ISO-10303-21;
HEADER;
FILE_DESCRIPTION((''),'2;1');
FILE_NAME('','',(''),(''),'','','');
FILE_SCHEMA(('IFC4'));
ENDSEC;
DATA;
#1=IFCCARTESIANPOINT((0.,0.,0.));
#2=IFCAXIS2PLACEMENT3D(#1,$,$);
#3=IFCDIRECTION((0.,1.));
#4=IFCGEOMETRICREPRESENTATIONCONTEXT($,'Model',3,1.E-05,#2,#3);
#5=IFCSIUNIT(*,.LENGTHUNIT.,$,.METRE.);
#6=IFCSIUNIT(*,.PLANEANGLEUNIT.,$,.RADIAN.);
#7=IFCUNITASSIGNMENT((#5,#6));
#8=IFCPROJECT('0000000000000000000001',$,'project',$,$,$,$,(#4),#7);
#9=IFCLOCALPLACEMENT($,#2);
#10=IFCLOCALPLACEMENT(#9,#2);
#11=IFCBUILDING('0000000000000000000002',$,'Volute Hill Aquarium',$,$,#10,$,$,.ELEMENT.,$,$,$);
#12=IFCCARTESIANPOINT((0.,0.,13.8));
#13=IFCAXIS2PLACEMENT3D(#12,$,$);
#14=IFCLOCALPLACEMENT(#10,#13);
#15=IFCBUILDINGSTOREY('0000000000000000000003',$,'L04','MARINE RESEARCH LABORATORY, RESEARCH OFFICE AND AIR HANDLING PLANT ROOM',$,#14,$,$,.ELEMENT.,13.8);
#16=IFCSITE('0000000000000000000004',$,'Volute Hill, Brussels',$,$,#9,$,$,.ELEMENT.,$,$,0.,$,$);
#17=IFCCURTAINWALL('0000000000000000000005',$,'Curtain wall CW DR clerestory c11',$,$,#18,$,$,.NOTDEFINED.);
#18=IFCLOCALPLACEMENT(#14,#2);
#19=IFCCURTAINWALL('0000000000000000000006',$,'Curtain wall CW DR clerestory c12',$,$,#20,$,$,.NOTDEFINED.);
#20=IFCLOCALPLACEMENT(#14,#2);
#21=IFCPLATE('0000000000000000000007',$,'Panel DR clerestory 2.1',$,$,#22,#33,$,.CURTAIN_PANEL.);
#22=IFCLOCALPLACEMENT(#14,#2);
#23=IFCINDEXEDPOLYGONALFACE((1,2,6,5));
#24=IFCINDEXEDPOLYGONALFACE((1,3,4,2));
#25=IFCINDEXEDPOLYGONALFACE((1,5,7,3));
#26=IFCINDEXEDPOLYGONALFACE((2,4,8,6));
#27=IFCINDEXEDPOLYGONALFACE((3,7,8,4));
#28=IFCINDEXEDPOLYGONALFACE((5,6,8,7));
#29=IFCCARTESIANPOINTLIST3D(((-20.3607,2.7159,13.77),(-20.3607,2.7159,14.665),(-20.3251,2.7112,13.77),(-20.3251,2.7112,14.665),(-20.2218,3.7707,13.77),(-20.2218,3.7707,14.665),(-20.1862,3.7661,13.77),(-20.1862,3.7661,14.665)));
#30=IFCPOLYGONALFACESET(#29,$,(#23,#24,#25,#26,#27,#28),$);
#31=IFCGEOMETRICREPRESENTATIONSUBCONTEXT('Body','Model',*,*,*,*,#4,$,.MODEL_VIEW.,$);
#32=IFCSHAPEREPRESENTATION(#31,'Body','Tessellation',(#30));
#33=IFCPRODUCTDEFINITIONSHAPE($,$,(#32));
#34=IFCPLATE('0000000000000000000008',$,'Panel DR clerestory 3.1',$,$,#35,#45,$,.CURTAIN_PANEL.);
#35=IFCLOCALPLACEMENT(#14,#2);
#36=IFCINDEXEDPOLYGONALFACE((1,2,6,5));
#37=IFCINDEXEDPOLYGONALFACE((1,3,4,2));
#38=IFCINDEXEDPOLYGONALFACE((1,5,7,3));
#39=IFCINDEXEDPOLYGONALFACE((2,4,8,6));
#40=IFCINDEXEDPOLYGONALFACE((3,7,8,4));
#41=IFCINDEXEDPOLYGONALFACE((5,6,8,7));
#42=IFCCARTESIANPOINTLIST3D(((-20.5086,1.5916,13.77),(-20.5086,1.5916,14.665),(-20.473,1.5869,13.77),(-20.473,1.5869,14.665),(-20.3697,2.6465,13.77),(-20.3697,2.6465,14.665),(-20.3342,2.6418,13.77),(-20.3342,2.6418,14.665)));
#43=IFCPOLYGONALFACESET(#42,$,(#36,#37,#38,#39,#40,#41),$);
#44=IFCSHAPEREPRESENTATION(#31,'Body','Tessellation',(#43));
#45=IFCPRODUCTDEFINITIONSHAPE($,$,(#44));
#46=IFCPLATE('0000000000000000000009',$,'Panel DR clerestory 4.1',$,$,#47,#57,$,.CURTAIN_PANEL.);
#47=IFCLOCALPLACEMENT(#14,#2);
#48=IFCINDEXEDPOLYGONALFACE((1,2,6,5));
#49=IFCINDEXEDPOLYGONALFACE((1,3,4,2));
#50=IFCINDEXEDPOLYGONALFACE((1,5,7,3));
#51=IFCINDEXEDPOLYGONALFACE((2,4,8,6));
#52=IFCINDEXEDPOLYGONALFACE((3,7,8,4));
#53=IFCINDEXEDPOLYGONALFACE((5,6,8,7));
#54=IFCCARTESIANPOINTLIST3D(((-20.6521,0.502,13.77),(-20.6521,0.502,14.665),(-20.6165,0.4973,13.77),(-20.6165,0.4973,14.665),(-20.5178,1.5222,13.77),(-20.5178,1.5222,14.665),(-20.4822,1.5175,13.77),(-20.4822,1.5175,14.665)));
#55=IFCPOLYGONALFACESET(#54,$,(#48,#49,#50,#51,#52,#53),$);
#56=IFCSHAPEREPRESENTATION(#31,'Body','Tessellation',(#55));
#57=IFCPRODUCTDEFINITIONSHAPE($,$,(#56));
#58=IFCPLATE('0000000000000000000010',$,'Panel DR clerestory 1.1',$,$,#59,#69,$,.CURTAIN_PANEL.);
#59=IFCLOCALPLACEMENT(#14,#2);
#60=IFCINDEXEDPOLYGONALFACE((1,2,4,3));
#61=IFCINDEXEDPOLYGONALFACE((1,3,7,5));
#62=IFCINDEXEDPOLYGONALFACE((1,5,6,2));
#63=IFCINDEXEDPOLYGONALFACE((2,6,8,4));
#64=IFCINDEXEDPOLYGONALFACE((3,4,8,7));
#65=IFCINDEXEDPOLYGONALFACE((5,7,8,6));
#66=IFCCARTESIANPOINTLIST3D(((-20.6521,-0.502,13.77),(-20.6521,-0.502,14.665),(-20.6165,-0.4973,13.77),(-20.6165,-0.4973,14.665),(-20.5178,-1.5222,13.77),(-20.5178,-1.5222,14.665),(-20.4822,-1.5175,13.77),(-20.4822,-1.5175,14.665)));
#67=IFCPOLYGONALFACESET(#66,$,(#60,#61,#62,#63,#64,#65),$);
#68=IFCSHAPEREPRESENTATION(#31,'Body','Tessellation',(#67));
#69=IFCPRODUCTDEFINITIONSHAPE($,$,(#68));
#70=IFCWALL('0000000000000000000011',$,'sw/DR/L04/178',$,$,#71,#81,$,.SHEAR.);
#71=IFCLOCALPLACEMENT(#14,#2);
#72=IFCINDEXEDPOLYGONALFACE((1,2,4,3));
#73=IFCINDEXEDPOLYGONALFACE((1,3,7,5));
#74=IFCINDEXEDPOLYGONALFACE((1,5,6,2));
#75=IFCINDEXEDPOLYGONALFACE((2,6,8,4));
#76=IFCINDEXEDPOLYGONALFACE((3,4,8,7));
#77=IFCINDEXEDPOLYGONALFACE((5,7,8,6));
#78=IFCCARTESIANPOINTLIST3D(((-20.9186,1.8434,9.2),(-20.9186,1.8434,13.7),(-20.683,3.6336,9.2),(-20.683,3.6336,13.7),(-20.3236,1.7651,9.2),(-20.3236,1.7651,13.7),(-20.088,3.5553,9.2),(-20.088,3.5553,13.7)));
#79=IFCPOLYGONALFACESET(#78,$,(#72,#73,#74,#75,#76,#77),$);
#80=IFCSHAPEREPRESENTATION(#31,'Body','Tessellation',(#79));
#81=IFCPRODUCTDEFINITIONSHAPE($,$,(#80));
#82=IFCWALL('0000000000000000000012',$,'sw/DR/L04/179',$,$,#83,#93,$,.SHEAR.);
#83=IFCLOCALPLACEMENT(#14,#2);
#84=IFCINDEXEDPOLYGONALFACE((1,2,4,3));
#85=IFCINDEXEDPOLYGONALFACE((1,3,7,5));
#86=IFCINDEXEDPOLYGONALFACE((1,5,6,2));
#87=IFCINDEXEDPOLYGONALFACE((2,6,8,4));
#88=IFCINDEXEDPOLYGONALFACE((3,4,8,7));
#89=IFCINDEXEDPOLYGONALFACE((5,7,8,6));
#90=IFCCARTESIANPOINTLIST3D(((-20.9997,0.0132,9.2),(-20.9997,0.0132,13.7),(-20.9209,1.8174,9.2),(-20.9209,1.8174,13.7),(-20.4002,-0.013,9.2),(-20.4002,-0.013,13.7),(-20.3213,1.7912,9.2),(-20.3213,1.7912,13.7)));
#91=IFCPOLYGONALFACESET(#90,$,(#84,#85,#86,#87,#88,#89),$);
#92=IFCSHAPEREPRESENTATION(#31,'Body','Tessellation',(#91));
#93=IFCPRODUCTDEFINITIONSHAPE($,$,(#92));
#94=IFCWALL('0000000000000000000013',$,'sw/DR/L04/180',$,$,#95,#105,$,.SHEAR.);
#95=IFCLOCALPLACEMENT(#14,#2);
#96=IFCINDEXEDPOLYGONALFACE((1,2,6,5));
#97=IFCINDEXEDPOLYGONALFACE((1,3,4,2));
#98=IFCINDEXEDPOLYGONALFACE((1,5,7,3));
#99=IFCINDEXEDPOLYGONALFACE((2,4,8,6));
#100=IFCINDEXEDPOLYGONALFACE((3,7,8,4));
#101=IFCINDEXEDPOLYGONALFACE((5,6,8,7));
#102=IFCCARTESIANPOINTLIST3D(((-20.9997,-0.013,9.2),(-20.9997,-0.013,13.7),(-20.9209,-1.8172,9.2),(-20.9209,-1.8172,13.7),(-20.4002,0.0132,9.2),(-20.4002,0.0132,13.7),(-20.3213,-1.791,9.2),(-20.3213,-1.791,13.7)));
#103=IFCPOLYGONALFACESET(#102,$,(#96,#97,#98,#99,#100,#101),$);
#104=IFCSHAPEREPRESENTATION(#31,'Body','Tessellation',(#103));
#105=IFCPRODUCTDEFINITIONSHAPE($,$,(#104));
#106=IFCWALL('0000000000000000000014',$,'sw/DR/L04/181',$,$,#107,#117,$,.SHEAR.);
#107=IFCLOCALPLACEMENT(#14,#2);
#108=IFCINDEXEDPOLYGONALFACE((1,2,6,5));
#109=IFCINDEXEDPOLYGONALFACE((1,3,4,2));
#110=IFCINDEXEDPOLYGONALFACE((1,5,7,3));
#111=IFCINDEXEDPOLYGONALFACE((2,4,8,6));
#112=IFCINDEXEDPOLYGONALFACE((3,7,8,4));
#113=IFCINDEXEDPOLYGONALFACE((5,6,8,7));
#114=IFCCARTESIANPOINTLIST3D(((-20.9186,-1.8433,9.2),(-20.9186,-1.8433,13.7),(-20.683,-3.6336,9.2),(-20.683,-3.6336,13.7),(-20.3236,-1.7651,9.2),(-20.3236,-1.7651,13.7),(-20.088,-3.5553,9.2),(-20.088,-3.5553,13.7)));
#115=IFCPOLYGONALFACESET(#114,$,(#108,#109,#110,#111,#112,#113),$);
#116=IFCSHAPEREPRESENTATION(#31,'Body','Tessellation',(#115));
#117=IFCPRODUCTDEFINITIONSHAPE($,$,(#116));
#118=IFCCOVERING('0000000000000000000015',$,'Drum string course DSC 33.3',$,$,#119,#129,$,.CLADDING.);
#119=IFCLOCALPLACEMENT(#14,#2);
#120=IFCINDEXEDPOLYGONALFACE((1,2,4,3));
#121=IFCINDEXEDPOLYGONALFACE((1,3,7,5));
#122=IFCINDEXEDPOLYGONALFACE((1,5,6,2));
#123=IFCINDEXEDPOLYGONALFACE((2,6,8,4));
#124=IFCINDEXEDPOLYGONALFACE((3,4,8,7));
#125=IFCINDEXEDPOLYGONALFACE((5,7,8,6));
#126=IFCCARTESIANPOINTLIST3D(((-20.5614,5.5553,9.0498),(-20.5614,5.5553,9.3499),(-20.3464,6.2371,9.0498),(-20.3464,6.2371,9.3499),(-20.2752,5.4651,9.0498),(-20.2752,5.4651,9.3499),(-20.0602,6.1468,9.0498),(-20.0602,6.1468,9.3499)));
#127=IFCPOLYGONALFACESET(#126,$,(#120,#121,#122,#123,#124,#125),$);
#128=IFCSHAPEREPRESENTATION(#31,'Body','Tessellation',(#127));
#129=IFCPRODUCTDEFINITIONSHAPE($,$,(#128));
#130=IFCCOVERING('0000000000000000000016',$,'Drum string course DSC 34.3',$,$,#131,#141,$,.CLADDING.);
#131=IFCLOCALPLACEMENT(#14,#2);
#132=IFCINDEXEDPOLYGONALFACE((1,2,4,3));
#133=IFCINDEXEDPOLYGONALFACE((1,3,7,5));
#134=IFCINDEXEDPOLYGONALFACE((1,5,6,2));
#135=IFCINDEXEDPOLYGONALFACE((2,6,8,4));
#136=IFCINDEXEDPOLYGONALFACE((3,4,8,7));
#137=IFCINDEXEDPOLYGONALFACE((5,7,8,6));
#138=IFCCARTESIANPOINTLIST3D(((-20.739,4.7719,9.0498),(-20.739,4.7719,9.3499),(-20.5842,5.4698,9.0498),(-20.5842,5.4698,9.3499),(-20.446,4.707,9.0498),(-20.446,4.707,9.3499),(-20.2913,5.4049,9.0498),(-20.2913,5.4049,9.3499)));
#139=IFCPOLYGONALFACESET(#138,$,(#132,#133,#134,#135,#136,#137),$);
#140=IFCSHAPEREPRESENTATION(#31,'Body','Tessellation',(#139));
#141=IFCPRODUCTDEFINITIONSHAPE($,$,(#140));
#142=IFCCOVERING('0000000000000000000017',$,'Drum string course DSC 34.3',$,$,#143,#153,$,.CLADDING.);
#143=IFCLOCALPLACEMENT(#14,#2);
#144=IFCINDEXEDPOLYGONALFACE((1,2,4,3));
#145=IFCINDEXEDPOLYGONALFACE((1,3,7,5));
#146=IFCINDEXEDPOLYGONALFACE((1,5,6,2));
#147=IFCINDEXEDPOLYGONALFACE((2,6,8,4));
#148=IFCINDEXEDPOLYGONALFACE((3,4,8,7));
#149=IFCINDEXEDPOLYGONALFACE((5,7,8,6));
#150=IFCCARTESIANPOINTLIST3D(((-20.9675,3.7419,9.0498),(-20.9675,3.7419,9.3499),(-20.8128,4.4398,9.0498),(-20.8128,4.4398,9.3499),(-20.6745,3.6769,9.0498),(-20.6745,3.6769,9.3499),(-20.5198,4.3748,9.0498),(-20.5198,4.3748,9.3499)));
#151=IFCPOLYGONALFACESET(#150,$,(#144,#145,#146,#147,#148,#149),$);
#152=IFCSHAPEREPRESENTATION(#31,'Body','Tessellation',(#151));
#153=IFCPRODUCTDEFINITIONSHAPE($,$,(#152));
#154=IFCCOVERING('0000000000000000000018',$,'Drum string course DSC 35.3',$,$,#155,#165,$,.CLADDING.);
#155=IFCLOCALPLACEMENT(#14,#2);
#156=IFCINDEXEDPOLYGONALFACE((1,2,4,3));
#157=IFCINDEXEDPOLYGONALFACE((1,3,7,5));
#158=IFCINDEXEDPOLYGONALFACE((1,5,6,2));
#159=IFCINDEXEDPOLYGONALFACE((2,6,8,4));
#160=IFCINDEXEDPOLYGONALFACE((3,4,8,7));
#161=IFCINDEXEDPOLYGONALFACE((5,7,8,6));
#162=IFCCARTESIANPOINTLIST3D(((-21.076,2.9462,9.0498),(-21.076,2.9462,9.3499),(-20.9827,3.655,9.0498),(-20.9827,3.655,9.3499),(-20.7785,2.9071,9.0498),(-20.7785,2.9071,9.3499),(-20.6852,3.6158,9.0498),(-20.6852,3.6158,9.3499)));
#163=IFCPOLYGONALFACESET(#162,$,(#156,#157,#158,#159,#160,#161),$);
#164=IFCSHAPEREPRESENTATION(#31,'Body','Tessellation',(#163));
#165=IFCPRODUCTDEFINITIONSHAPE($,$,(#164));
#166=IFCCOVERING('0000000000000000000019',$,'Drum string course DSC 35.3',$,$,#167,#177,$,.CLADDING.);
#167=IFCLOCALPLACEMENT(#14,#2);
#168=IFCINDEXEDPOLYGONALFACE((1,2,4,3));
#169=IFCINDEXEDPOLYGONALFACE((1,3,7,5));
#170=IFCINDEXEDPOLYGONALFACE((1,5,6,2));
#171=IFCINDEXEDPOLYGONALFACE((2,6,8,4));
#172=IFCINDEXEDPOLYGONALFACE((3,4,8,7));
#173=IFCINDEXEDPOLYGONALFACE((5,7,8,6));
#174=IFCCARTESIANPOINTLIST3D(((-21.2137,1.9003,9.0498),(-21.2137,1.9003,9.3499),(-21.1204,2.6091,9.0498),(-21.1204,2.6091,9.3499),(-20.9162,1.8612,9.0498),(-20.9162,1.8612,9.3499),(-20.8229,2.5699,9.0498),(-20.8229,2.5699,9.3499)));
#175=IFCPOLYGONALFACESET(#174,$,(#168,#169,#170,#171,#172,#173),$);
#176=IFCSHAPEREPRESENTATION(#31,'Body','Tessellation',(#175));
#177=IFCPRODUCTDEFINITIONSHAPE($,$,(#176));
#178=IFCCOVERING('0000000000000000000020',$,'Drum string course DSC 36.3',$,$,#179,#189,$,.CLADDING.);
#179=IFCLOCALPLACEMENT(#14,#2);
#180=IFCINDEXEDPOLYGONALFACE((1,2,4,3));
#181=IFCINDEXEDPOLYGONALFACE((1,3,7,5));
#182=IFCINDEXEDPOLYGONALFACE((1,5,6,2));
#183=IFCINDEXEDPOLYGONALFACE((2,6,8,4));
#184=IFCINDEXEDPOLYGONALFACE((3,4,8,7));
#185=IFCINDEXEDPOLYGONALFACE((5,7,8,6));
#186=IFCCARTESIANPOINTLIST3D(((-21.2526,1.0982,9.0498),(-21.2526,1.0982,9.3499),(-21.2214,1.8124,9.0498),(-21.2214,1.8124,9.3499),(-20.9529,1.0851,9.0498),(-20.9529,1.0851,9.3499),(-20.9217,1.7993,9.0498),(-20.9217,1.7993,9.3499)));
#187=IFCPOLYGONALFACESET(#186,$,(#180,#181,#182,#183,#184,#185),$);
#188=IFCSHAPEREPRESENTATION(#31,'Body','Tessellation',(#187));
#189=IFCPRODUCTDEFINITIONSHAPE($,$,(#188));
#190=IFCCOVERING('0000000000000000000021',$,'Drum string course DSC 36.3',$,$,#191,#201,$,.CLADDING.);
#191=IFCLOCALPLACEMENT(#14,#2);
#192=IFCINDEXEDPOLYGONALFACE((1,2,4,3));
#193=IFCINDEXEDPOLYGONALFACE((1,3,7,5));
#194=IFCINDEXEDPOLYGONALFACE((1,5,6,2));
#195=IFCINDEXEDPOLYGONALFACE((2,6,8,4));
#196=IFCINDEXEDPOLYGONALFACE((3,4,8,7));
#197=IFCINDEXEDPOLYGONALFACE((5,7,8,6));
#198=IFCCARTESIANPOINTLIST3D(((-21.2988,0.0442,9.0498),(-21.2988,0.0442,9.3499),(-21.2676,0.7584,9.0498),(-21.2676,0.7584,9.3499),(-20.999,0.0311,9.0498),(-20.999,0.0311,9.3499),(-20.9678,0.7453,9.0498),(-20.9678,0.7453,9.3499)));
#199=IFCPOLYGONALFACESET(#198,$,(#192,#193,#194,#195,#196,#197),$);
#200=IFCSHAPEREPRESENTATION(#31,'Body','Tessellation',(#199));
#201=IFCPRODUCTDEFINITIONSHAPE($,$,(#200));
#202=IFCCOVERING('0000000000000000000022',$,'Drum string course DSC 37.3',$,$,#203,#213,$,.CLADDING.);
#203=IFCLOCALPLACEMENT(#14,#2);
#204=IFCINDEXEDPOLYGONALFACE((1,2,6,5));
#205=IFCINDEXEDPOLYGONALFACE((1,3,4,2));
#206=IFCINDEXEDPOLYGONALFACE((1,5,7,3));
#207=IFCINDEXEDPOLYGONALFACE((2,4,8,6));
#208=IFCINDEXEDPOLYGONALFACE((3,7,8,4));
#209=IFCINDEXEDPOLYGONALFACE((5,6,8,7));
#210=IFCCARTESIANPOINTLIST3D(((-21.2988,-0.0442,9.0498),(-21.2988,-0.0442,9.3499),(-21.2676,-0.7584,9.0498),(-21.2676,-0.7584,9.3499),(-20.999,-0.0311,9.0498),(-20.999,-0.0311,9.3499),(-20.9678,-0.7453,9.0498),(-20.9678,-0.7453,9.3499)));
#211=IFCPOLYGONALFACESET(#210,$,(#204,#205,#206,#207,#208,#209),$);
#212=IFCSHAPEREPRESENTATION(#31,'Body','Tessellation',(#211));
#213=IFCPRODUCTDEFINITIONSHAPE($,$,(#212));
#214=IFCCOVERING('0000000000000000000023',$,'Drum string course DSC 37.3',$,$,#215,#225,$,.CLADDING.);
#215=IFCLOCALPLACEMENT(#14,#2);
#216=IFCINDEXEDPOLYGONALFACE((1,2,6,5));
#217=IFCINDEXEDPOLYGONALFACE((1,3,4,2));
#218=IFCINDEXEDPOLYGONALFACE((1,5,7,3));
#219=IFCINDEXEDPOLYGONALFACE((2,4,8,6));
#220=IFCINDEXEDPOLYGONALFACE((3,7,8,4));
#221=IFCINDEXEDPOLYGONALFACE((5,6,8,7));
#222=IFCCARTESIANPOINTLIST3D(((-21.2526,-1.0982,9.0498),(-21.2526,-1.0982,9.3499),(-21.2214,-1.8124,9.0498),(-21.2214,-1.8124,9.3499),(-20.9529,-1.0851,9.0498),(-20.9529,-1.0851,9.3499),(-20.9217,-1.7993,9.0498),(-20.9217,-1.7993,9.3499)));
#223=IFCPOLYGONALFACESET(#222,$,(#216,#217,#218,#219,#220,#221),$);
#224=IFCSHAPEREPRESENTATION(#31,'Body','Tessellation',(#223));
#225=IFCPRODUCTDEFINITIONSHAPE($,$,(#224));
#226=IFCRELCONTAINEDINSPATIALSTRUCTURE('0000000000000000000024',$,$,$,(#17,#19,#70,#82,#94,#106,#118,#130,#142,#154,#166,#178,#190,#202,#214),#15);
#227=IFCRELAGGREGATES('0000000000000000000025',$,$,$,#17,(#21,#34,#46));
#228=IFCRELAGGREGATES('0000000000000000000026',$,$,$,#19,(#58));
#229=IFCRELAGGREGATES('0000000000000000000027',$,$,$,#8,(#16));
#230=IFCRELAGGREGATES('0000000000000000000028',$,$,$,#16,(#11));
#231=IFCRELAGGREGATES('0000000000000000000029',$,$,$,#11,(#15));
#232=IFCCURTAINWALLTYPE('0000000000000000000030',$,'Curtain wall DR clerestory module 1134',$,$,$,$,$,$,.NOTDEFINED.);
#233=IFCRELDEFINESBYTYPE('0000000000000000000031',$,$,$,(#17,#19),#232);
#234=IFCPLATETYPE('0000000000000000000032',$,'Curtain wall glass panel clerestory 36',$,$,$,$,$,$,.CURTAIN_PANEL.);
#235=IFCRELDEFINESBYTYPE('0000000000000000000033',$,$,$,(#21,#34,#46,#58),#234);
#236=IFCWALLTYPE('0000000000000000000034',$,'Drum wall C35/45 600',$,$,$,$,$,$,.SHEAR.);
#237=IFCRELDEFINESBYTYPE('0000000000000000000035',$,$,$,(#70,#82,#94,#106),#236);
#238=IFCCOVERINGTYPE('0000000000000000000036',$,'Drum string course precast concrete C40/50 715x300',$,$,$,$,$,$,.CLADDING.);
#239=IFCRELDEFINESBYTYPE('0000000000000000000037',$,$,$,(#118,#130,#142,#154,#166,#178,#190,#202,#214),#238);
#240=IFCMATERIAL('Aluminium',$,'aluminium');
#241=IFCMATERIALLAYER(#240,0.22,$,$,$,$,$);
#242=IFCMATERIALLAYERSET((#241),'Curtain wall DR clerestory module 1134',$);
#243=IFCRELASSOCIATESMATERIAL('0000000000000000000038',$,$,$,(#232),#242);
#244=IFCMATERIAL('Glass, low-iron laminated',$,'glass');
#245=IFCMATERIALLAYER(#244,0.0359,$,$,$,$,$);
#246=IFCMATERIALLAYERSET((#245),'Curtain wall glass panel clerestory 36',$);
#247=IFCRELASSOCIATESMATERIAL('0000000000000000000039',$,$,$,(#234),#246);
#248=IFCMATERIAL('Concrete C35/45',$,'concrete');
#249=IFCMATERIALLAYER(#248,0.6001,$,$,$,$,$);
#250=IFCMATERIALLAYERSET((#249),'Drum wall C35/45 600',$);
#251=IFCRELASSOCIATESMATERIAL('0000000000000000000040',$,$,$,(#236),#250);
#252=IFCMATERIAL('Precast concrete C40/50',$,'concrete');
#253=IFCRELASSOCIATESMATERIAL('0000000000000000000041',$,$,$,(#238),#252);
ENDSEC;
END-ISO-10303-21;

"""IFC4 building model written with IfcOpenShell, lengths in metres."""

from ifc_helpers import new_model, si_unit, direction, frame, frame_2d, origin, origin_2d, place, context, subcontext, project, spatial, rectangle, extrude, material, layer, layer_set, type_object, element, aggregate, save


model = new_model("IFC4")

# Units and contexts
model_context = context("Model", 3, precision=1e-05, world=origin(), true_north=direction((0.0, 1.0)))
body_context = subcontext(model_context, "Body", "Model", "MODEL_VIEW")
ifc_project = project(units=[si_unit("LENGTHUNIT", "METRE"), si_unit("PLANEANGLEUNIT", "RADIAN")], contexts=[model_context])

# Site, building, storey
site_placement = place(None, origin())
site = spatial("IfcSite", under=ifc_project, at=site_placement, Name="Volute Hill, Brussels", CompositionType="ELEMENT", RefElevation=0.0)
building_placement = place(site_placement, origin())
building = spatial("IfcBuilding", under=site, at=building_placement, Name="Volute Hill Aquarium", CompositionType="ELEMENT")
storey_placement = place(building_placement, frame((0.0, 0.0, 13.8)))
storey = spatial("IfcBuildingStorey", under=building, at=storey_placement, Name="L04", Description="MARINE RESEARCH LABORATORY, RESEARCH OFFICE AND AIR HANDLING PLANT ROOM", CompositionType="ELEMENT", Elevation=13.8)

# Curtain walls
ifc_material_1 = material(Name="Aluminium", Category="aluminium")
ifc_layer_1 = layer(ifc_material_1, 0.22)
ifc_layer_set_1 = layer_set([ifc_layer_1], Name="Curtain wall DR clerestory module 1134")
curtain_wall_type = type_object("IfcCurtainWallType", Name="Curtain wall DR clerestory module 1134", PredefinedType="NOTDEFINED", material=ifc_layer_set_1)
curtain_wall_1_placement = place(storey_placement, origin())
curtain_wall_1 = element("IfcCurtainWall", 1, at=curtain_wall_1_placement, inside=storey, type_object=curtain_wall_type, Name="Curtain wall CW DR clerestory c11", PredefinedType="NOTDEFINED")
curtain_wall_2_placement = place(storey_placement, origin())
curtain_wall_2 = element("IfcCurtainWall", 2, at=curtain_wall_2_placement, inside=storey, type_object=curtain_wall_type, Name="Curtain wall CW DR clerestory c12", PredefinedType="NOTDEFINED")

# Plates
ifc_material_2 = material(Name="Glass, low-iron laminated", Category="glass")
ifc_layer_2 = layer(ifc_material_2, 0.0359)
ifc_layer_set_2 = layer_set([ifc_layer_2], Name="Curtain wall glass panel clerestory 36")
plate_type = type_object("IfcPlateType", Name="Curtain wall glass panel clerestory 36", PredefinedType="CURTAIN_PANEL", material=ifc_layer_set_2)
plate_1_placement = place(storey_placement, frame((-20.2734, 3.241, 13.77), z_axis=(0.0, 0.0, 1.0), x_axis=(-0.130519, -0.991446, 0.0)))
plate_1 = element("IfcPlate", 3, at=plate_1_placement, type_object=plate_type, Name="Panel DR clerestory 2.1", PredefinedType="CURTAIN_PANEL", context=body_context, shape_type="SweptSolid", body=[
    extrude(rectangle(XDim=1.064, YDim=0.0359, at=origin_2d()), origin(), (0.0, 0.0, 1.0), 0.895),
])
plate_2_placement = place(storey_placement, frame((-20.4214, 2.1167, 13.77), z_axis=(0.0, 0.0, 1.0), x_axis=(-0.130519, -0.991446, 0.0)))
plate_2 = element("IfcPlate", 4, at=plate_2_placement, type_object=plate_type, Name="Panel DR clerestory 3.1", PredefinedType="CURTAIN_PANEL", context=body_context, shape_type="SweptSolid", body=[
    extrude(rectangle(XDim=1.064, YDim=0.0359, at=origin_2d()), origin(), (0.0, 0.0, 1.0), 0.895),
])
plate_3_placement = place(storey_placement, frame((-20.5671, 1.0098, 13.77), z_axis=(0.0, 0.0, 1.0), x_axis=(-0.130519, -0.991446, 0.0)))
plate_3 = element("IfcPlate", 5, at=plate_3_placement, type_object=plate_type, Name="Panel DR clerestory 4.1", PredefinedType="CURTAIN_PANEL", context=body_context, shape_type="SweptSolid", body=[
    extrude(rectangle(XDim=1.0291, YDim=0.0359, at=origin_2d()), origin(), (0.0, 0.0, 1.0), 0.895),
])
aggregate(curtain_wall_1, [plate_1, plate_2, plate_3])
plate_4_placement = place(storey_placement, frame((-20.5671, -1.0098, 13.77), z_axis=(0.0, 0.0, 1.0), x_axis=(0.130519, -0.991446, 0.0)))
plate_4 = element("IfcPlate", 6, at=plate_4_placement, type_object=plate_type, Name="Panel DR clerestory 1.1", PredefinedType="CURTAIN_PANEL", context=body_context, shape_type="SweptSolid", body=[
    extrude(rectangle(XDim=1.0291, YDim=0.0359, at=origin_2d()), origin(), (0.0, 0.0, 1.0), 0.895),
])
aggregate(curtain_wall_2, [plate_4])

# Walls
ifc_material_3 = material(Name="Concrete C35/45", Category="concrete")
ifc_layer_3 = layer(ifc_material_3, 0.6001)
ifc_layer_set_3 = layer_set([ifc_layer_3], Name="Drum wall C35/45 600")
wall_type = type_object("IfcWallType", Name="Drum wall C35/45 600", PredefinedType="SHEAR", material=ifc_layer_set_3)
wall_1_placement = place(storey_placement, frame((-20.3855, 3.5945, 9.2), z_axis=(0.0, 0.0, 1.0), x_axis=(-0.130472, -0.991452, 0.0)))
element("IfcWall", 7, at=wall_1_placement, inside=storey, type_object=wall_type, Name="sw/DR/L04/178", PredefinedType="SHEAR", context=body_context, shape_type="SweptSolid", body=[
    extrude(rectangle(XDim=1.8057, YDim=0.6001, at=frame_2d((0.9028, 0.0))), origin(), (0.0, 0.0, 1.0), 4.5),
])
for number, where, z_axis, x_axis, name in (
    (8, (-20.6211, 1.8042, 9.2), (0.0, 0.0, 1.0), (-0.043666, -0.999046, 0.0), "sw/DR/L04/179"),
    (9, (-20.7, 0.0, 9.2), (0.0, 0.0, 1.0), (0.043666, -0.999046, 0.0), "sw/DR/L04/180"),
):
    element("IfcWall", number, at=place(storey_placement, frame(where, z_axis=z_axis, x_axis=x_axis)), inside=storey, type_object=wall_type, Name=name, PredefinedType="SHEAR", context=body_context, shape_type="SweptSolid", body=[
        extrude(rectangle(XDim=1.8059, YDim=0.6001, at=frame_2d((0.9028, 0.0))), origin(), (0.0, 0.0, 1.0), 4.5),
    ])
wall_2_placement = place(storey_placement, frame((-20.6211, -1.8042, 9.2), z_axis=(0.0, 0.0, 1.0), x_axis=(0.130472, -0.991452, 0.0)))
element("IfcWall", 10, at=wall_2_placement, inside=storey, type_object=wall_type, Name="sw/DR/L04/181", PredefinedType="SHEAR", context=body_context, shape_type="SweptSolid", body=[
    extrude(rectangle(XDim=1.8057, YDim=0.6001, at=frame_2d((0.9028, 0.0))), origin(), (0.0, 0.0, 1.0), 4.5),
])

# Coverings
ifc_material_4 = material(Name="Precast concrete C40/50", Category="concrete")
covering_type = type_object("IfcCoveringType", Name="Drum string course precast concrete C40/50 715x300", PredefinedType="CLADDING", material=ifc_material_4)
for number, where, z_axis, x_axis, name in (
    (11, (-20.3108, 5.8511, 9.0498), (0.0, 0.0, 1.0), (-0.300706, -0.953717, 0.0), "Drum string course DSC 33.3"),
    (12, (-20.5151, 5.0884, 9.0498), (0.0, 0.0, 1.0), (-0.21644, -0.976296, 0.0), "Drum string course DSC 34.3"),
    (13, (-20.7437, 4.0583, 9.0498), (0.0, 0.0, 1.0), (-0.21644, -0.976296, 0.0), "Drum string course DSC 34.3"),
    (14, (-20.8806, 3.281, 9.0498), (0.0, 0.0, 1.0), (-0.130526, -0.991445, 0.0), "Drum string course DSC 35.3"),
    (15, (-21.0183, 2.2351, 9.0498), (0.0, 0.0, 1.0), (-0.130526, -0.991445, 0.0), "Drum string course DSC 35.3"),
    (16, (-21.0872, 1.4487, 9.0498), (0.0, 0.0, 1.0), (-0.043619, -0.999048, 0.0), "Drum string course DSC 36.3"),
    (17, (-21.1333, 0.3948, 9.0498), (0.0, 0.0, 1.0), (-0.043619, -0.999048, 0.0), "Drum string course DSC 36.3"),
    (18, (-21.1333, -0.3948, 9.0498), (0.0, 0.0, 1.0), (0.043619, -0.999048, 0.0), "Drum string course DSC 37.3"),
    (19, (-21.0872, -1.4487, 9.0498), (0.0, 0.0, 1.0), (0.043619, -0.999048, 0.0), "Drum string course DSC 37.3"),
):
    element("IfcCovering", number, at=place(storey_placement, frame(where, z_axis=z_axis, x_axis=x_axis)), inside=storey, type_object=covering_type, Name=name, PredefinedType="CLADDING", context=body_context, shape_type="SweptSolid", body=[
        extrude(rectangle(XDim=0.7148, YDim=0.3, at=origin_2d()), origin(), (0.0, 0.0, 1.0), 0.3),
    ])

save(model, "model.ifc")
